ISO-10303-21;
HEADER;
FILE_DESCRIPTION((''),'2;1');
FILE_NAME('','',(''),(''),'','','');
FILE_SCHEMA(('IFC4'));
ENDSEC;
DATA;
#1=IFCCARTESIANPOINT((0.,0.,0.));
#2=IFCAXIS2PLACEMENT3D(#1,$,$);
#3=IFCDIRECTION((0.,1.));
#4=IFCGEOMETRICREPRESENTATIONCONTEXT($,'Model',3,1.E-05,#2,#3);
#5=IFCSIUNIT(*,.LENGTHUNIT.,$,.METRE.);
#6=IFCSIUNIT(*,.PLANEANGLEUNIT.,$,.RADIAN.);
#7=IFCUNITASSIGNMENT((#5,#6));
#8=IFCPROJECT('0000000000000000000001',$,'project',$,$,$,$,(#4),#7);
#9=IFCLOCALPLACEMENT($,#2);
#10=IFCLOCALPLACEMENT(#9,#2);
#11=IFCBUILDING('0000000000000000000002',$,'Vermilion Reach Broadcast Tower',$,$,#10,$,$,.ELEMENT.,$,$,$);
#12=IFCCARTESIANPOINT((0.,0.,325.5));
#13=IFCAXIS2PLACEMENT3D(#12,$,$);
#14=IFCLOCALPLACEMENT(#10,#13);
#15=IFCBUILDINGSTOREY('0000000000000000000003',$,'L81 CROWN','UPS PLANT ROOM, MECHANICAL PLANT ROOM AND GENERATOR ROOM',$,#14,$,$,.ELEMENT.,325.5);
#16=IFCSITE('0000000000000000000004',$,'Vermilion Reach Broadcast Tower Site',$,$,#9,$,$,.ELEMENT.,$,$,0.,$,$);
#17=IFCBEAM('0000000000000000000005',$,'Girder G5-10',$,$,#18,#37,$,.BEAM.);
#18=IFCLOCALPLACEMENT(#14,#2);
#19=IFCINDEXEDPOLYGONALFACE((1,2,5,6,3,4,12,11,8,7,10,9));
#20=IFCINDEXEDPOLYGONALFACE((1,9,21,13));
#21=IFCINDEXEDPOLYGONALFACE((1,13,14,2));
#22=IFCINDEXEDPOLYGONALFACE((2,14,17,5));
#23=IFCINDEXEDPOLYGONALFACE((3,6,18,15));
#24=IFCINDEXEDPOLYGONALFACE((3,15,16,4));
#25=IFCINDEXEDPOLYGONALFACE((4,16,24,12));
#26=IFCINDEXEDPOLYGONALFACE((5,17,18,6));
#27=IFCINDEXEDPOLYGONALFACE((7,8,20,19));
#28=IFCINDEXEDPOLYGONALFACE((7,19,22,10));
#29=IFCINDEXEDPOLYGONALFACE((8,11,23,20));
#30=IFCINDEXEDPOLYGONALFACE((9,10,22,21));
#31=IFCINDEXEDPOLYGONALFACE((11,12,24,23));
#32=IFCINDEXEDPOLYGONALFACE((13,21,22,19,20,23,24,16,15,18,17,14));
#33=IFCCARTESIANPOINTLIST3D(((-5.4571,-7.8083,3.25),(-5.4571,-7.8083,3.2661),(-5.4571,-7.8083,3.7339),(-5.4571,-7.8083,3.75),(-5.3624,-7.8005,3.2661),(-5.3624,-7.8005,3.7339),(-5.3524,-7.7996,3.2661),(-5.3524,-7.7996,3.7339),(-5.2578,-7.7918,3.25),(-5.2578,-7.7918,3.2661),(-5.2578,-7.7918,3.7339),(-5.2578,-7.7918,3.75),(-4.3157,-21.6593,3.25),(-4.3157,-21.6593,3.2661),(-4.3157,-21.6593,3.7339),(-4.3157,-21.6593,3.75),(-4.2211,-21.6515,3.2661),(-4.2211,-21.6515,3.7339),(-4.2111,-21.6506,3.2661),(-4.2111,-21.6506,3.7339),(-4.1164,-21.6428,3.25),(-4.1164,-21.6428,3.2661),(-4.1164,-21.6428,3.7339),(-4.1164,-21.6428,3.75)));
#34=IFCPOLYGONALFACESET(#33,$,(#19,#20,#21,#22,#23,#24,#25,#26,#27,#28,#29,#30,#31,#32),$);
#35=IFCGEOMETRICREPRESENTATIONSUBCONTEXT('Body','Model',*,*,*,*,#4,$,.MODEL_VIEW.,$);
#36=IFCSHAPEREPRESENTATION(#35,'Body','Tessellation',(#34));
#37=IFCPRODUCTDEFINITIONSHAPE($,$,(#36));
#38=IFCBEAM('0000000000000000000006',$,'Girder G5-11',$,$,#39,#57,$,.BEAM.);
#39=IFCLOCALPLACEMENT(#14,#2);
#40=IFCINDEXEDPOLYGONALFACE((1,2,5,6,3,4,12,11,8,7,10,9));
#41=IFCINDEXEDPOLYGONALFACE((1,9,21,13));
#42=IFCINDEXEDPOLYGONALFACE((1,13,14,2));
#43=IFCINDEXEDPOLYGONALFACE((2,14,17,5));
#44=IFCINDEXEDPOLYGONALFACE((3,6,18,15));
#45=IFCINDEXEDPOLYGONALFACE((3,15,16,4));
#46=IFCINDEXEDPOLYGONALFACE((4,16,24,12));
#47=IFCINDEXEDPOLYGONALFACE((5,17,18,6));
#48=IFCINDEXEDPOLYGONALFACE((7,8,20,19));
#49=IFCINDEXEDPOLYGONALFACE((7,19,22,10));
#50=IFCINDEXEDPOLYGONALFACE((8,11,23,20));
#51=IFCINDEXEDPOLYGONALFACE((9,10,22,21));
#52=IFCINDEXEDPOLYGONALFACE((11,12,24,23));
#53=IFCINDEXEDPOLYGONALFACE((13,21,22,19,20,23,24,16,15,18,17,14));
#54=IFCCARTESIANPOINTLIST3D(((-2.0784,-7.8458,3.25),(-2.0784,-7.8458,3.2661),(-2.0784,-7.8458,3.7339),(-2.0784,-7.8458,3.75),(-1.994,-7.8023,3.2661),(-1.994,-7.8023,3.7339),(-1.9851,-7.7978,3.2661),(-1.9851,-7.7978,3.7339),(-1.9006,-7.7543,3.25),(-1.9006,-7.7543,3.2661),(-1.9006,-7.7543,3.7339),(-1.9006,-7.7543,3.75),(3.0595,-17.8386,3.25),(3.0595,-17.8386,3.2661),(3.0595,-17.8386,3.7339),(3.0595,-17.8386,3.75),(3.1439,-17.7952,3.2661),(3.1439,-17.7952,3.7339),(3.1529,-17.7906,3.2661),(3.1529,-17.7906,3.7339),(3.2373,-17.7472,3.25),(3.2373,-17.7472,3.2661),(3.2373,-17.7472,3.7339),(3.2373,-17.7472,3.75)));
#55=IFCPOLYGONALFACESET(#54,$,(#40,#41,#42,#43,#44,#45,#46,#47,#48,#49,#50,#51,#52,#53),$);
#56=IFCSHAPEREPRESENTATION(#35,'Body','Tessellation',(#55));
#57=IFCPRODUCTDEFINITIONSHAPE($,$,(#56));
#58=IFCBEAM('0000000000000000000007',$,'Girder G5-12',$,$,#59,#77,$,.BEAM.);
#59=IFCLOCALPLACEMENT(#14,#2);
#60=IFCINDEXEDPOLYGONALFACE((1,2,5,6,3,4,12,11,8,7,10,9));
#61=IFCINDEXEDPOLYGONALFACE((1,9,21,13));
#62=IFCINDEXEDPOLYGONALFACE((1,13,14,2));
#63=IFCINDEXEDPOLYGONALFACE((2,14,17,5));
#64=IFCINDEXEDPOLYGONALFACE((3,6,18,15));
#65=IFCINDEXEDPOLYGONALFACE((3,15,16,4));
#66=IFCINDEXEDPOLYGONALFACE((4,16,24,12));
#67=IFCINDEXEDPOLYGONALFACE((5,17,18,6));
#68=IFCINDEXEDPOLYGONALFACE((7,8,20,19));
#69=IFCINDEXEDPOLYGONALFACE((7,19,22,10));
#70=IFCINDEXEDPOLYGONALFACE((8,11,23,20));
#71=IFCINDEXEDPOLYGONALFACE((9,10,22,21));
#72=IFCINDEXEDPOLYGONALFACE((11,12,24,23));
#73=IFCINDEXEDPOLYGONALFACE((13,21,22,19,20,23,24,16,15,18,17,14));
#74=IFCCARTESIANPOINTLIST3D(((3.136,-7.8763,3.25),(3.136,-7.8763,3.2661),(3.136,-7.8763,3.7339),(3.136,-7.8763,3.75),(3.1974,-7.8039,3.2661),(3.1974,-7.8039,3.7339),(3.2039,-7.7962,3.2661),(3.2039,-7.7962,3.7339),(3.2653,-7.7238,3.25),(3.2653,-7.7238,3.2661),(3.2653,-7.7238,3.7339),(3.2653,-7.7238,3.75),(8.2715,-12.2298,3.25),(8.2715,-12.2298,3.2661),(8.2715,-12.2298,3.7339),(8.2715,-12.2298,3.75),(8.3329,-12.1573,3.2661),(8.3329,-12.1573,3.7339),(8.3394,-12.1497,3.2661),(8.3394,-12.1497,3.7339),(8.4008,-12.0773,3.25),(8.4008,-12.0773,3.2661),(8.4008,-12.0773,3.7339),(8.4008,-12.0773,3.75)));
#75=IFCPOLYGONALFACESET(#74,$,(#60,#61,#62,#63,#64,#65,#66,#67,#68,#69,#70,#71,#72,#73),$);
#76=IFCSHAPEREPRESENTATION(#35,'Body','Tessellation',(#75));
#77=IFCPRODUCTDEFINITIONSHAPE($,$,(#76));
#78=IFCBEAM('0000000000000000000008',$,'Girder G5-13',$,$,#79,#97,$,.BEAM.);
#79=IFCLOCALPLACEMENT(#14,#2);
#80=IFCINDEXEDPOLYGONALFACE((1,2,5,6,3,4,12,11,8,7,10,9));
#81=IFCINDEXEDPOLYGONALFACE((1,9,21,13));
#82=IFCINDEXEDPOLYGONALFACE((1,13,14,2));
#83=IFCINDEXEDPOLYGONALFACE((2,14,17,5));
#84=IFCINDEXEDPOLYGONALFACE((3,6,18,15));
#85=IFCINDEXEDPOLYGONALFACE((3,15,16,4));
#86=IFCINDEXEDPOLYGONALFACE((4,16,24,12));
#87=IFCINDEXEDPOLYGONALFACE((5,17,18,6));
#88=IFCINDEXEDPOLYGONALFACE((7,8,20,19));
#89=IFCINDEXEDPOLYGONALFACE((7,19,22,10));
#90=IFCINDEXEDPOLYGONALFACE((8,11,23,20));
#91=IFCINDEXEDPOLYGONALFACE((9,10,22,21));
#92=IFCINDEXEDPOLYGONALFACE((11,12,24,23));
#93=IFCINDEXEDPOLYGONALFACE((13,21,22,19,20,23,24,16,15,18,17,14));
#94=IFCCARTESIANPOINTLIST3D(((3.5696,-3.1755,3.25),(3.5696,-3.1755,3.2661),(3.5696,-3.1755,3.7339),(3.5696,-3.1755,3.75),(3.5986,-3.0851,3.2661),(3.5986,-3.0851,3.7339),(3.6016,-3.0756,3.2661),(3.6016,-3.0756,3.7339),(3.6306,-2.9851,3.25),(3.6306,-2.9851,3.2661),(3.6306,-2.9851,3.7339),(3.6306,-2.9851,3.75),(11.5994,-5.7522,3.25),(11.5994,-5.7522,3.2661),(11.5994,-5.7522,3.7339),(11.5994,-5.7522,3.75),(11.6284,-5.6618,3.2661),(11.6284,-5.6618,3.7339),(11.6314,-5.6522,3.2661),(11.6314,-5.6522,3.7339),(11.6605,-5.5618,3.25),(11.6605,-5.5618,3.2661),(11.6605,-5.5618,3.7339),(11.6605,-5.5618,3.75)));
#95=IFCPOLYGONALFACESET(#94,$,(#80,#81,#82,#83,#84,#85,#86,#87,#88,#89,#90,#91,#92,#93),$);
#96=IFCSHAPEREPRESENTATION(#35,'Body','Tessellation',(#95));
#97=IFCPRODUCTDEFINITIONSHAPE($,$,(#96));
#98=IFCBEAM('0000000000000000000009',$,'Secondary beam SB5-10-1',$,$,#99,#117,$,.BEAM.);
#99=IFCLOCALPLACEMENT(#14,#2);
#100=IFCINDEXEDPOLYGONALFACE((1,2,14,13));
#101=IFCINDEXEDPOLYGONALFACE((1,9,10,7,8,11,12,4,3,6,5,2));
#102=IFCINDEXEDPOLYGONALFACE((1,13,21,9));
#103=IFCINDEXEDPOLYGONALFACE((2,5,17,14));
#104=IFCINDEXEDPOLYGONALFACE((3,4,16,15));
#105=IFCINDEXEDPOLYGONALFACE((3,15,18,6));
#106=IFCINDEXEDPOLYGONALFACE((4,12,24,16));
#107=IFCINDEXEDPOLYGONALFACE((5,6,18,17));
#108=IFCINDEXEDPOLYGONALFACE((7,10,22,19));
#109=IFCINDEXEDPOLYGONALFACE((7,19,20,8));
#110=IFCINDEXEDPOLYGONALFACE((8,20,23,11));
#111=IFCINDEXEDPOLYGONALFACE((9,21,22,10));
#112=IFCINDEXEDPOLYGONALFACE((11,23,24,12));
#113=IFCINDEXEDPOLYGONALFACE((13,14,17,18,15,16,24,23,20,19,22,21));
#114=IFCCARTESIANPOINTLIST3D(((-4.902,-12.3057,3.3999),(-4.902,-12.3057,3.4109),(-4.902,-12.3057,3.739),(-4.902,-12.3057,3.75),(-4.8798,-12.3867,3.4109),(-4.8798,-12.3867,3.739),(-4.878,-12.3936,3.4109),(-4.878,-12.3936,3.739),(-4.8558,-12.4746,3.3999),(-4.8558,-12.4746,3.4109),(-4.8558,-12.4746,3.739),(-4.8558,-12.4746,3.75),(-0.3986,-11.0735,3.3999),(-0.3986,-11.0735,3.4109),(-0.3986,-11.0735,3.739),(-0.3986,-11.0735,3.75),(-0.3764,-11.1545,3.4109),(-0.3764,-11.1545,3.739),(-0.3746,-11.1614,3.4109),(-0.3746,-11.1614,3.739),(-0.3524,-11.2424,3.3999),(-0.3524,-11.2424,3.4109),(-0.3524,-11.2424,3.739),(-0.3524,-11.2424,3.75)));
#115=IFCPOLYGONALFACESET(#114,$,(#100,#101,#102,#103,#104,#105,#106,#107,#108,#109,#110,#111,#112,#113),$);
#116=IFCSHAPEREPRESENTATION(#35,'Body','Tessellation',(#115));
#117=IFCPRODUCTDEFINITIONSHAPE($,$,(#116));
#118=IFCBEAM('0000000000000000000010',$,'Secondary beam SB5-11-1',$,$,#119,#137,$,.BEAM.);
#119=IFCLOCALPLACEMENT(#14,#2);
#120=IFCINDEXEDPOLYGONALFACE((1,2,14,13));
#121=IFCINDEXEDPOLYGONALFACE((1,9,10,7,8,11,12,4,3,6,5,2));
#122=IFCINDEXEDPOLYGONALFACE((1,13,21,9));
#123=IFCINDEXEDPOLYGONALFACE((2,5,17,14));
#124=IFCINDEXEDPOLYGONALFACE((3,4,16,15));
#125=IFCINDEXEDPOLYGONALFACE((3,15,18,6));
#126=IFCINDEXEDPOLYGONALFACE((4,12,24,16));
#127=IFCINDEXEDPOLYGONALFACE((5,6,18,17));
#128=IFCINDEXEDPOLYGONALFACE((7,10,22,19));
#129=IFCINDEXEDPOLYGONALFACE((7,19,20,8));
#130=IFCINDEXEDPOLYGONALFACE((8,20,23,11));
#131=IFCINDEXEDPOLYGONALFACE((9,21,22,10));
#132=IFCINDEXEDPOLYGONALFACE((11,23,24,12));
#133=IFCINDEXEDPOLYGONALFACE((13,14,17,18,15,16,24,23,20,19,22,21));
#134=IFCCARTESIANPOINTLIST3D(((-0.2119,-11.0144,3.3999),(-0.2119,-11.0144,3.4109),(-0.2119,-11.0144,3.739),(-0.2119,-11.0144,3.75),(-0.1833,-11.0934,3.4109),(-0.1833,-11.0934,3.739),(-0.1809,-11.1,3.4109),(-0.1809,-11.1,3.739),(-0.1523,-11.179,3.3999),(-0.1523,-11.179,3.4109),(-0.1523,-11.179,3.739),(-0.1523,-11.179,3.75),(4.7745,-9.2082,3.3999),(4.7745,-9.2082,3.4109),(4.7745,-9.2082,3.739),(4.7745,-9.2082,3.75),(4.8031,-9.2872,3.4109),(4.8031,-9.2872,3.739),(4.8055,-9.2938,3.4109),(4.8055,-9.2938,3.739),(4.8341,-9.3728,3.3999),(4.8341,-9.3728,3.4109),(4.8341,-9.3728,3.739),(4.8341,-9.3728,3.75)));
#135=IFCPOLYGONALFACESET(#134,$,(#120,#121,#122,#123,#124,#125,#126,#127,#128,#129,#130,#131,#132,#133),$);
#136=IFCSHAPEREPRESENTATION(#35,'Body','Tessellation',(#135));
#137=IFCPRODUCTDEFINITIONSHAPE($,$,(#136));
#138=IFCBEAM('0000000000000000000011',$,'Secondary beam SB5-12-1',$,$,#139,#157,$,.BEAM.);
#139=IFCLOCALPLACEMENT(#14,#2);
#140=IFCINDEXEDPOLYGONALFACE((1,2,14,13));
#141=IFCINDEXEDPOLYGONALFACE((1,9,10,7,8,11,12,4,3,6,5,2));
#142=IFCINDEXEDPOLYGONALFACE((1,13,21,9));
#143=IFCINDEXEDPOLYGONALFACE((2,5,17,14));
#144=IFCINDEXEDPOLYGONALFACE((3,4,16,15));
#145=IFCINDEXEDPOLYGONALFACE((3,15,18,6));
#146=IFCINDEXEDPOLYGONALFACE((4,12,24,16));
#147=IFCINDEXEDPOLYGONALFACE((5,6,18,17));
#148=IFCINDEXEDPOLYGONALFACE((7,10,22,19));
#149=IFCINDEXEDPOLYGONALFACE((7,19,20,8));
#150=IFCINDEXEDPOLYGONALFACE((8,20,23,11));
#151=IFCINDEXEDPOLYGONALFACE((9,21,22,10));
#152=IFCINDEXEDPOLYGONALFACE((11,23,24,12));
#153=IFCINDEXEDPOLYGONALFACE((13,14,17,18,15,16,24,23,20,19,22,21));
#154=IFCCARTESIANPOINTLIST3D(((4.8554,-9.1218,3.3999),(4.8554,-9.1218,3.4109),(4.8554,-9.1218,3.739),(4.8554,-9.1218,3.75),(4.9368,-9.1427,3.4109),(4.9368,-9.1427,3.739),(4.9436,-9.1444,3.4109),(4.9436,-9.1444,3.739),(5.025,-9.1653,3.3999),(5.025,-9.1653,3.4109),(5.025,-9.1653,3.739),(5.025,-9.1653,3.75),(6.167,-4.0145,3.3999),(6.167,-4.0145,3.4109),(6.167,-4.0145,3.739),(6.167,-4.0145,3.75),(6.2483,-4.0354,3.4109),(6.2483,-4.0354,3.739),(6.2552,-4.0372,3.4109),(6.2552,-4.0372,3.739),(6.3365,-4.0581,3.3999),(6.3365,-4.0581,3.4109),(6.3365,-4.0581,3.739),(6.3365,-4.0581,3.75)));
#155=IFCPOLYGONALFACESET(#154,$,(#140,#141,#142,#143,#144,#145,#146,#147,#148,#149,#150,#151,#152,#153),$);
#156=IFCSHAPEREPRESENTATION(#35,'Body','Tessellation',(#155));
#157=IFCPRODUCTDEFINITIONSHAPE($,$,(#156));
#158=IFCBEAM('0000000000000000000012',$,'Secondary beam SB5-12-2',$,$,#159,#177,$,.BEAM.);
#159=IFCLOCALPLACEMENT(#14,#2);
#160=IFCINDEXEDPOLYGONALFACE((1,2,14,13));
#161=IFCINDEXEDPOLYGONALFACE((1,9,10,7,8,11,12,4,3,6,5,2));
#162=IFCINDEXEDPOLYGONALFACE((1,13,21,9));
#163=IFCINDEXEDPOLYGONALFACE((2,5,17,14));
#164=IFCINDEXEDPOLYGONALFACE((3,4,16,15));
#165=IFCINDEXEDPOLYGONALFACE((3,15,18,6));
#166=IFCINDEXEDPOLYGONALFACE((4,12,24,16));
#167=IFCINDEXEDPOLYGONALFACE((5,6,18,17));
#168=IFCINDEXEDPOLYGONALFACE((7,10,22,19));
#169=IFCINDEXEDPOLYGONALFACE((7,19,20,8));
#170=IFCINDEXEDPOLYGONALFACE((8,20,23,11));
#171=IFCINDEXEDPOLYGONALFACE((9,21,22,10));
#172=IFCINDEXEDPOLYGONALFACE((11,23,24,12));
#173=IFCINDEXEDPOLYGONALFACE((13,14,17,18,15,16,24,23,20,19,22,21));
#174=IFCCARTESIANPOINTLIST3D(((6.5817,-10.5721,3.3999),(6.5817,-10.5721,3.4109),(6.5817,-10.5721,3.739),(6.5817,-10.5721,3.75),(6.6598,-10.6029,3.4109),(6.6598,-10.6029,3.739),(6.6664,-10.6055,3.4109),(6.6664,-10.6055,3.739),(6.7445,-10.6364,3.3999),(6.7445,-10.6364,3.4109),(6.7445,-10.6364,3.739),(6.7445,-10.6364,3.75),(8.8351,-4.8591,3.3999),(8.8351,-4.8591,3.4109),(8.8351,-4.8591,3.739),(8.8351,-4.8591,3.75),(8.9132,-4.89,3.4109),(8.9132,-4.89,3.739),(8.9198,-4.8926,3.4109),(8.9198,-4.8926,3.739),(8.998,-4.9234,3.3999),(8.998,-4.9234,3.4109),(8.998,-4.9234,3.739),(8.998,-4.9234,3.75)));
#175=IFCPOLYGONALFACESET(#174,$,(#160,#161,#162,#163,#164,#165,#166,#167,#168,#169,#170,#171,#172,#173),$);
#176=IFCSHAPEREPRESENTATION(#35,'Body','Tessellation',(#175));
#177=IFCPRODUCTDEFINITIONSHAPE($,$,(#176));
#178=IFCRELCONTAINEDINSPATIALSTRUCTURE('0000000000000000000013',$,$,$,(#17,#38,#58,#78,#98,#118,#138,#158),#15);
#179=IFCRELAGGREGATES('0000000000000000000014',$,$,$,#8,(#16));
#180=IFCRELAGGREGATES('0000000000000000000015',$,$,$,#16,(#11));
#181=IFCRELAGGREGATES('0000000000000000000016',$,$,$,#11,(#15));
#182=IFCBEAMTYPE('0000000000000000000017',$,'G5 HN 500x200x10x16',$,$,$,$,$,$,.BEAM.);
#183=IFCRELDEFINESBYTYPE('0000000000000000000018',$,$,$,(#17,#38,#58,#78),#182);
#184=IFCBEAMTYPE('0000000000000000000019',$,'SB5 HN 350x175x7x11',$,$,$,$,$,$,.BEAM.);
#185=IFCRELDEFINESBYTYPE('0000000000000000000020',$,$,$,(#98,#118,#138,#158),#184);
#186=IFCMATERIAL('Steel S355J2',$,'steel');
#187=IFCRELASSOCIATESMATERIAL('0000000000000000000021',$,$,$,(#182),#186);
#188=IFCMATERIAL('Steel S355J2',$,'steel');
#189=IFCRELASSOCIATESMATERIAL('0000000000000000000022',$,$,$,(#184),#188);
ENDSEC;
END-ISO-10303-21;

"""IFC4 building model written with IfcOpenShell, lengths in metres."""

from ifc_helpers import new_model, si_unit, direction, frame, origin, origin_2d, place, context, subcontext, project, spatial, i_section, extrude, material, material_profile, profile_set, type_object, element, save


model = new_model("IFC4")

# Units and contexts
model_context = context("Model", 3, precision=1e-05, world=origin(), true_north=direction((0.0, 1.0)))
body_context = subcontext(model_context, "Body", "Model", "MODEL_VIEW")
ifc_project = project(units=[si_unit("LENGTHUNIT", "METRE"), si_unit("PLANEANGLEUNIT", "RADIAN")], contexts=[model_context])

# Site, building, storey
site_placement = place(None, origin())
site = spatial("IfcSite", under=ifc_project, at=site_placement, Name="Vermilion Reach Broadcast Tower Site", CompositionType="ELEMENT", RefElevation=0.0)
building_placement = place(site_placement, origin())
building = spatial("IfcBuilding", under=site, at=building_placement, Name="Vermilion Reach Broadcast Tower", CompositionType="ELEMENT")
storey_placement = place(building_placement, frame((0.0, 0.0, 325.5)))
storey = spatial("IfcBuildingStorey", under=building, at=storey_placement, Name="L81 CROWN", Description="UPS PLANT ROOM, MECHANICAL PLANT ROOM AND GENERATOR ROOM", CompositionType="ELEMENT", Elevation=325.5)

# Beams
ifc_material_1 = material(Name="Steel S355J2", Category="steel")
ifc_material_profile_1 = material_profile(ifc_material_1, i_section(OverallWidth=0.2, OverallDepth=0.5, WebThickness=0.01, FlangeThickness=0.0161, at=origin_2d()), Name="S355J2 HN 500x200x10x16")
ifc_profile_set_1 = profile_set([ifc_material_profile_1], Name="Steel S355J2")
beam_type_1 = type_object("IfcBeamType", Name="G5 HN 500x200x10x16", PredefinedType="BEAM", material=ifc_profile_set_1)
beam_1_placement = place(storey_placement, frame((-5.3574, -7.8, 3.5), z_axis=(0.082124, -0.996622, 0.0), x_axis=(0.996622, 0.082124, 0.0)))
element("IfcBeam", 1, at=beam_1_placement, inside=storey, type_object=beam_type_1, Name="Girder G5-10", PredefinedType="BEAM", context=body_context, shape_type="SweptSolid", body=[
    extrude(i_section(OverallWidth=0.2, OverallDepth=0.5, WebThickness=0.01, FlangeThickness=0.0161, at=origin_2d()), origin(), (0.0, 0.0, 1.0), 13.8979),
])
beam_2_placement = place(storey_placement, frame((-1.9895, -7.8, 3.5), z_axis=(0.457258, -0.889334, 0.0), x_axis=(0.889334, 0.457258, 0.0)))
element("IfcBeam", 2, at=beam_2_placement, inside=storey, type_object=beam_type_1, Name="Girder G5-11", PredefinedType="BEAM", context=body_context, shape_type="SweptSolid", body=[
    extrude(i_section(OverallWidth=0.2, OverallDepth=0.5, WebThickness=0.01, FlangeThickness=0.0161, at=origin_2d()), origin(), (0.0, 0.0, 1.0), 11.2363),
])
beam_3_placement = place(storey_placement, frame((3.2007, -7.8, 3.5), z_axis=(0.762793, -0.646643, 0.0), x_axis=(0.646643, 0.762793, 0.0)))
element("IfcBeam", 3, at=beam_3_placement, inside=storey, type_object=beam_type_1, Name="Girder G5-12", PredefinedType="BEAM", context=body_context, shape_type="SweptSolid", body=[
    extrude(i_section(OverallWidth=0.2, OverallDepth=0.5, WebThickness=0.01, FlangeThickness=0.0161, at=origin_2d()), origin(), (0.0, 0.0, 1.0), 6.7324),
])
beam_4_placement = place(storey_placement, frame((3.6001, -3.0803, 3.5), z_axis=(0.952178, -0.305542, 0.0), x_axis=(0.305542, 0.952178, 0.0)))
element("IfcBeam", 4, at=beam_4_placement, inside=storey, type_object=beam_type_1, Name="Girder G5-13", PredefinedType="BEAM", context=body_context, shape_type="SweptSolid", body=[
    extrude(i_section(OverallWidth=0.2, OverallDepth=0.5, WebThickness=0.01, FlangeThickness=0.0161, at=origin_2d()), origin(), (0.0, 0.0, 1.0), 8.4331),
])
ifc_material_2 = material(Name="Steel S355J2", Category="steel")
ifc_material_profile_2 = material_profile(ifc_material_2, i_section(OverallWidth=0.175, OverallDepth=0.3501, WebThickness=0.0071, FlangeThickness=0.011, at=origin_2d()), Name="S355J2 HN 350x175x7x11")
ifc_profile_set_2 = profile_set([ifc_material_profile_2], Name="Steel S355J2")
beam_type_2 = type_object("IfcBeamType", Name="SB5 HN 350x175x7x11", PredefinedType="BEAM", material=ifc_profile_set_2)
beam_5_placement = place(storey_placement, frame((-4.8789, -12.3901, 3.575), z_axis=(0.964547, 0.263909, 0.0), x_axis=(-0.263909, 0.964547, 0.0)))
element("IfcBeam", 5, at=beam_5_placement, inside=storey, type_object=beam_type_2, Name="Secondary beam SB5-10-1", PredefinedType="BEAM", context=body_context, shape_type="SweptSolid", body=[
    extrude(i_section(OverallWidth=0.175, OverallDepth=0.3501, WebThickness=0.0071, FlangeThickness=0.011, at=origin_2d()), origin(), (0.0, 0.0, 1.0), 4.6689),
])
beam_6_placement = place(storey_placement, frame((-0.1821, -11.0967, 3.575), z_axis=(0.94022, 0.340567, 0.0), x_axis=(-0.340567, 0.94022, 0.0)))
element("IfcBeam", 6, at=beam_6_placement, inside=storey, type_object=beam_type_2, Name="Secondary beam SB5-11-1", PredefinedType="BEAM", context=body_context, shape_type="SweptSolid", body=[
    extrude(i_section(OverallWidth=0.175, OverallDepth=0.3501, WebThickness=0.0071, FlangeThickness=0.011, at=origin_2d()), origin(), (0.0, 0.0, 1.0), 5.3035),
])
beam_7_placement = place(storey_placement, frame((4.9402, -9.1436, 3.575), z_axis=(0.24873, 0.968573, 0.0), x_axis=(-0.968573, 0.24873, 0.0)))
element("IfcBeam", 7, at=beam_7_placement, inside=storey, type_object=beam_type_2, Name="Secondary beam SB5-12-1", PredefinedType="BEAM", context=body_context, shape_type="SweptSolid", body=[
    extrude(i_section(OverallWidth=0.175, OverallDepth=0.3501, WebThickness=0.0071, FlangeThickness=0.011, at=origin_2d()), origin(), (0.0, 0.0, 1.0), 5.2729),
])
beam_8_placement = place(storey_placement, frame((6.6631, -10.6042, 3.575), z_axis=(0.366931, 0.930248, 0.0), x_axis=(-0.930248, 0.366931, 0.0)))
element("IfcBeam", 8, at=beam_8_placement, inside=storey, type_object=beam_type_2, Name="Secondary beam SB5-12-2", PredefinedType="BEAM", context=body_context, shape_type="SweptSolid", body=[
    extrude(i_section(OverallWidth=0.175, OverallDepth=0.3501, WebThickness=0.0071, FlangeThickness=0.011, at=origin_2d()), origin(), (0.0, 0.0, 1.0), 6.1414),
])

save(model, "model.ifc")
